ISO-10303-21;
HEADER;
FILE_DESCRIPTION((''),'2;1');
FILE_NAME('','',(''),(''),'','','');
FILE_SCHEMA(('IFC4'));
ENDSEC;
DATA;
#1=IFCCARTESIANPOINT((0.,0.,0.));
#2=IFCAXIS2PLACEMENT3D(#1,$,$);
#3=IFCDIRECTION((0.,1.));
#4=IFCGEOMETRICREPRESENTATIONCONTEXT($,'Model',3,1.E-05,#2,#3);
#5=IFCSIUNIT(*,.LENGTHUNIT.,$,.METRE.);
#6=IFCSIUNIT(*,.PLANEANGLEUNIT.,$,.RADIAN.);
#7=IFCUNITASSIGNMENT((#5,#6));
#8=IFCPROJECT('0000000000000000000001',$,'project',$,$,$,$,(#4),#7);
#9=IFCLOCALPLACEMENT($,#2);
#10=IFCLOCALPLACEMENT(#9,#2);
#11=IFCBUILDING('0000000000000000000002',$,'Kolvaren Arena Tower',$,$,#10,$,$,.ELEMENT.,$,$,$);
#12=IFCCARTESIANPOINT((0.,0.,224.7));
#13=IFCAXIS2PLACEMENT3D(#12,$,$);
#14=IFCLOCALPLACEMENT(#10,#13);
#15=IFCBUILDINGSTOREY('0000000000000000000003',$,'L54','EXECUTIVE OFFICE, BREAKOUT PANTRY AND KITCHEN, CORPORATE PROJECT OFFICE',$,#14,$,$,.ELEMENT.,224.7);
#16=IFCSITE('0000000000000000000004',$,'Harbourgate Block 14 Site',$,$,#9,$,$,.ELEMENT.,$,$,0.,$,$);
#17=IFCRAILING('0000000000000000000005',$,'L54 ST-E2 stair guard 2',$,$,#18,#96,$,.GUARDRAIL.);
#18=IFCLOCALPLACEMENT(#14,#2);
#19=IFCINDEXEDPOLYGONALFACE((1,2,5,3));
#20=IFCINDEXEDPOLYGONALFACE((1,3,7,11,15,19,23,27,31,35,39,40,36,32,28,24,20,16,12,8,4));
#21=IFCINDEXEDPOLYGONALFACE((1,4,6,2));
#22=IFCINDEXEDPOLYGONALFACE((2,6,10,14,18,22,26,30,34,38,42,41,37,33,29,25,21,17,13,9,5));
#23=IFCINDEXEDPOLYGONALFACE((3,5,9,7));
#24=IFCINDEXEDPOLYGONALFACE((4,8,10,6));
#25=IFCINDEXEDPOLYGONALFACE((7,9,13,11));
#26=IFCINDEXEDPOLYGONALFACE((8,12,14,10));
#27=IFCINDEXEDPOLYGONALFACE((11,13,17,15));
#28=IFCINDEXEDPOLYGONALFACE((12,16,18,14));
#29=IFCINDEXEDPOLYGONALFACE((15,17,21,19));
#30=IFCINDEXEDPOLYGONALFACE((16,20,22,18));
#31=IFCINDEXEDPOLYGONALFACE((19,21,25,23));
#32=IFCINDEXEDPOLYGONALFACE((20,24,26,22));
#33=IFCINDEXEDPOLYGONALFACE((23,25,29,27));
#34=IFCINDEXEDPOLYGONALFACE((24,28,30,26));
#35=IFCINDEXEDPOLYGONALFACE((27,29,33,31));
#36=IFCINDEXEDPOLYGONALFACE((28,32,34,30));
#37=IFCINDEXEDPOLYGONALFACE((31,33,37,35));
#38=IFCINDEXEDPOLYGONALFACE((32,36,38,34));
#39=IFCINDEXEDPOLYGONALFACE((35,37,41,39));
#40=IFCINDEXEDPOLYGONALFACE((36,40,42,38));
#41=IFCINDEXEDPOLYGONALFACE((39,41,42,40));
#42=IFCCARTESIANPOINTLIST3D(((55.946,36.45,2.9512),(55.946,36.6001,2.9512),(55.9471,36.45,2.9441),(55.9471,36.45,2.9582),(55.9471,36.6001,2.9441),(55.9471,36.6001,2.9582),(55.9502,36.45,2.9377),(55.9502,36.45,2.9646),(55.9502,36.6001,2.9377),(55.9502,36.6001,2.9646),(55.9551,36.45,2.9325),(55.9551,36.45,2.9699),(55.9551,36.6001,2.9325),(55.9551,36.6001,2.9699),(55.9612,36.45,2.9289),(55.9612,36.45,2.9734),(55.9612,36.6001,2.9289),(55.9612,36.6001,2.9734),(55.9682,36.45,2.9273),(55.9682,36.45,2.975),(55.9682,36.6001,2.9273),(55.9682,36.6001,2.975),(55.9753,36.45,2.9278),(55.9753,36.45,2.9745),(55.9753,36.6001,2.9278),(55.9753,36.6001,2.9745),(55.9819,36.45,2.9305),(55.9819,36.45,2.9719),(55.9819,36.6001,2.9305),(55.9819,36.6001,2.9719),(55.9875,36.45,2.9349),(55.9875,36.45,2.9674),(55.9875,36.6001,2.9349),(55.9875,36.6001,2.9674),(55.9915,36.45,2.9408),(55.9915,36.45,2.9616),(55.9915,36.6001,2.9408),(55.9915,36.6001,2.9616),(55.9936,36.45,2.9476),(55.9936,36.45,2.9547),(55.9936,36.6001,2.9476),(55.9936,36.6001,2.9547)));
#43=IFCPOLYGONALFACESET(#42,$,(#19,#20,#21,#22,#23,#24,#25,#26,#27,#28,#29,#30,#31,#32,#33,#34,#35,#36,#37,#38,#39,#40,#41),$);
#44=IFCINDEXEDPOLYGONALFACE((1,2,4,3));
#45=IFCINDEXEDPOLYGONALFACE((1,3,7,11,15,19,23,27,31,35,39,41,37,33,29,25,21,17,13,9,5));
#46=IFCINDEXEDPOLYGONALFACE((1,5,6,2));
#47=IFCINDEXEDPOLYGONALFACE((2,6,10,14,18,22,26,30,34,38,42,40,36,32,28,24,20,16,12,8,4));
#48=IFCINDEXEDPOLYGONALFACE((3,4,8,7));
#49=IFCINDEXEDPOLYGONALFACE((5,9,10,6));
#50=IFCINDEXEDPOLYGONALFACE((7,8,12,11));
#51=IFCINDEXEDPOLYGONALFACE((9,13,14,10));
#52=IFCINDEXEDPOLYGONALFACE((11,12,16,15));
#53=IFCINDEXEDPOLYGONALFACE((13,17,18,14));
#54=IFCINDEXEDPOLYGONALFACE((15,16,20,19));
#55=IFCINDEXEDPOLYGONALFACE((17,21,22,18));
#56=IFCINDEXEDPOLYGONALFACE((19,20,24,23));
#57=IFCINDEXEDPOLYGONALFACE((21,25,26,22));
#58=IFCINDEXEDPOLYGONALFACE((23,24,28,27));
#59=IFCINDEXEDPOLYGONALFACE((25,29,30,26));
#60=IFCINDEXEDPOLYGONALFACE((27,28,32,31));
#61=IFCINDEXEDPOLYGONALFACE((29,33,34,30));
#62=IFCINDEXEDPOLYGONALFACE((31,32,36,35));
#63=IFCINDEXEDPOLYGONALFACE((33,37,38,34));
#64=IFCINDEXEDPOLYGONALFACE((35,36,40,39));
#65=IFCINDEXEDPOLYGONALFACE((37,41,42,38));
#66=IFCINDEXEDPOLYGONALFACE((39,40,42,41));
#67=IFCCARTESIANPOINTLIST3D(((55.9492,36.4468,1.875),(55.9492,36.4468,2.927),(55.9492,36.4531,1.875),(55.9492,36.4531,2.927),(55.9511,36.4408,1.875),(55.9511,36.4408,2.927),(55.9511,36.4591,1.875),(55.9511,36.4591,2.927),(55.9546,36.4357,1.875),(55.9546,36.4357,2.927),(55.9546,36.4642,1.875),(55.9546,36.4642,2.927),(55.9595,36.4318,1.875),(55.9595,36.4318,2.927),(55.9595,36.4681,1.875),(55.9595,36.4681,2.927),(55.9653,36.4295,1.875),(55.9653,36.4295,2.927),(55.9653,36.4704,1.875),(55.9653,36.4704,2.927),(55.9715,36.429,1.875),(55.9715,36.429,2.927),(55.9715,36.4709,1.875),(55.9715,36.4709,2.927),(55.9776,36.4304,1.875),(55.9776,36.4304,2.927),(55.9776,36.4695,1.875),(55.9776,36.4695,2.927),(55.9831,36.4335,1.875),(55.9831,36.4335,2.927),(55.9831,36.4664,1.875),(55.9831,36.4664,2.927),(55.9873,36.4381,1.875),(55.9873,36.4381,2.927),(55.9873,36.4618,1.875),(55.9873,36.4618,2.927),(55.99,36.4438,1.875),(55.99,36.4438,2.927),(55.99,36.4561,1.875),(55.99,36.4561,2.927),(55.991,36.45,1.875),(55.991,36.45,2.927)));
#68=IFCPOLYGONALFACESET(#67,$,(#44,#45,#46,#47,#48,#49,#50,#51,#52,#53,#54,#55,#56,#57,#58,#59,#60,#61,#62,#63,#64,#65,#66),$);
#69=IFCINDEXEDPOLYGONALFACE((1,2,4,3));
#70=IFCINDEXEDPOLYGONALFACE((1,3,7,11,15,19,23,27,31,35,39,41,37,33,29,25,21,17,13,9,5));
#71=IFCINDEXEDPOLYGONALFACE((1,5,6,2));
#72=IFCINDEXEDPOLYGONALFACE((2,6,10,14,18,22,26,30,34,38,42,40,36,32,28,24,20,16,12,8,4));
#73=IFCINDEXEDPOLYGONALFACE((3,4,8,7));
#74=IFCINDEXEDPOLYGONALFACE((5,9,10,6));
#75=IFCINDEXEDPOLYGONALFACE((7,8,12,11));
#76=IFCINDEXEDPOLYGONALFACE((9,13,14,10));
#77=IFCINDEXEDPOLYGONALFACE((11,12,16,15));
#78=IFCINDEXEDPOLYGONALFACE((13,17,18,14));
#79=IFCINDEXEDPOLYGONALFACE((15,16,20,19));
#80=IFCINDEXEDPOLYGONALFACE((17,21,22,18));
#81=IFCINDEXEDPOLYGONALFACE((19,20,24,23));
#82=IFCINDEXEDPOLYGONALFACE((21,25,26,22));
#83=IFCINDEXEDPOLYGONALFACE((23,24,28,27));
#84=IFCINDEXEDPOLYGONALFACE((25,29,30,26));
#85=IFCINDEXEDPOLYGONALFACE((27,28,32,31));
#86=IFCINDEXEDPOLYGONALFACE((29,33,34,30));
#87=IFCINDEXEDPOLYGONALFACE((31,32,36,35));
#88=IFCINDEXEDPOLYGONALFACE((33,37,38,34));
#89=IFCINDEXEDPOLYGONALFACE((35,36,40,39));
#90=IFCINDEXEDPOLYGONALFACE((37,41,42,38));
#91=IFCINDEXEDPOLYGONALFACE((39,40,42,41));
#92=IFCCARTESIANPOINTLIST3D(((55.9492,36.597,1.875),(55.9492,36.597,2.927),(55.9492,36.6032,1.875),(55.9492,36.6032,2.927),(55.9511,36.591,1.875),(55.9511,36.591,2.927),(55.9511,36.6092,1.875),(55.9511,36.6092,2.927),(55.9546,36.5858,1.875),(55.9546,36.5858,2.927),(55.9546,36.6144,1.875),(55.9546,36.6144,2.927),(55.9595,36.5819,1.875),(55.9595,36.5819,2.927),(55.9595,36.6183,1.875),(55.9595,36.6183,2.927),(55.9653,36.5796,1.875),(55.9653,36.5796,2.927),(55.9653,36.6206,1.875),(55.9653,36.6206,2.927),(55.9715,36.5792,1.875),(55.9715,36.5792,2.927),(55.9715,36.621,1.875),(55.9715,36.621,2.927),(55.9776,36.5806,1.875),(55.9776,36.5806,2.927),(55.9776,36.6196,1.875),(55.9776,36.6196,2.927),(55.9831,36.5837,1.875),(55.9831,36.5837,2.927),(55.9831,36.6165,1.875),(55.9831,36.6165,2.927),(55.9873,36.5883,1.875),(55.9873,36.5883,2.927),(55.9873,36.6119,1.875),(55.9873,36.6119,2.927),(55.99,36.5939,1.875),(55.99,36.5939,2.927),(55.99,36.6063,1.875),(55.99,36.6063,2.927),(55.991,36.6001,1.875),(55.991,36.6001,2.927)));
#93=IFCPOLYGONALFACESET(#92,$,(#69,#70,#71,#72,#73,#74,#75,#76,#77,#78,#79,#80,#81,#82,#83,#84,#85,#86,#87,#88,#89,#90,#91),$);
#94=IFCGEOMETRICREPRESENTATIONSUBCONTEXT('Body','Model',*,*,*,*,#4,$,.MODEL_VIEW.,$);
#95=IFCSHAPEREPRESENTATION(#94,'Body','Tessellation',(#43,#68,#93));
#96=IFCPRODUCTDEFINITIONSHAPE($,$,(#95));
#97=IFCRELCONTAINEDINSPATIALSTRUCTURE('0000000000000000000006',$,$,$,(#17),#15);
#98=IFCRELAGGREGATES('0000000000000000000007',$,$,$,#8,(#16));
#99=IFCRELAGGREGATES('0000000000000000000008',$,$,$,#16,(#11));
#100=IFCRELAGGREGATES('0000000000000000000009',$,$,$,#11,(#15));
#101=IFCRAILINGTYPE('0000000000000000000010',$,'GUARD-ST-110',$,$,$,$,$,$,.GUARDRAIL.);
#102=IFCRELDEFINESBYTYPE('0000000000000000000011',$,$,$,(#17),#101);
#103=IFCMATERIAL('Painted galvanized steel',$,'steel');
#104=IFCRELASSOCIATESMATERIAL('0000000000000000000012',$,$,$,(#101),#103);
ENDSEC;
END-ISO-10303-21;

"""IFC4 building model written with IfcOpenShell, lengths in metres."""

from ifc_helpers import new_model, si_unit, direction, frame, origin, origin_2d, place, context, subcontext, project, spatial, circle, extrude, material, type_object, element, save


model = new_model("IFC4")

# Units and contexts
model_context = context("Model", 3, precision=1e-05, world=origin(), true_north=direction((0.0, 1.0)))
body_context = subcontext(model_context, "Body", "Model", "MODEL_VIEW")
ifc_project = project(units=[si_unit("LENGTHUNIT", "METRE"), si_unit("PLANEANGLEUNIT", "RADIAN")], contexts=[model_context])

# Site, building, storey
site_placement = place(None, origin())
site = spatial("IfcSite", under=ifc_project, at=site_placement, Name="Harbourgate Block 14 Site", CompositionType="ELEMENT", RefElevation=0.0)
building_placement = place(site_placement, origin())
building = spatial("IfcBuilding", under=site, at=building_placement, Name="Kolvaren Arena Tower", CompositionType="ELEMENT")
storey_placement = place(building_placement, frame((0.0, 0.0, 224.7)))
storey = spatial("IfcBuildingStorey", under=building, at=storey_placement, Name="L54", Description="EXECUTIVE OFFICE, BREAKOUT PANTRY AND KITCHEN, CORPORATE PROJECT OFFICE", CompositionType="ELEMENT", Elevation=224.7)

# Railing
ifc_material_1 = material(Name="Painted galvanized steel", Category="steel")
railing_type_1 = type_object("IfcRailingType", Name="GUARD-ST-110", PredefinedType="GUARDRAIL", material=ifc_material_1)
railing_1_placement = place(storey_placement, frame((55.97, 36.45, 1.875)))
element("IfcRailing", 1, at=railing_1_placement, inside=storey, type_object=railing_type_1, Name="L54 ST-E2 stair guard 2", PredefinedType="GUARDRAIL", context=body_context, shape_type="SweptSolid", body=[
    extrude(circle(Radius=0.0239, at=origin_2d()), frame((0.0, 0.0, 1.0762), z_axis=(0.0, 1.0, 0.0), x_axis=(-1.0, 0.0, 0.0)), (0.0, 0.0, 1.0), 0.1501),
    extrude(circle(Radius=0.021, at=origin_2d()), origin(), (0.0, 0.0, 1.0), 1.052),
    extrude(circle(Radius=0.021, at=origin_2d()), frame((0.0, 0.1501, 0.0)), (0.0, 0.0, 1.0), 1.052),
])

save(model, "model.ifc")
